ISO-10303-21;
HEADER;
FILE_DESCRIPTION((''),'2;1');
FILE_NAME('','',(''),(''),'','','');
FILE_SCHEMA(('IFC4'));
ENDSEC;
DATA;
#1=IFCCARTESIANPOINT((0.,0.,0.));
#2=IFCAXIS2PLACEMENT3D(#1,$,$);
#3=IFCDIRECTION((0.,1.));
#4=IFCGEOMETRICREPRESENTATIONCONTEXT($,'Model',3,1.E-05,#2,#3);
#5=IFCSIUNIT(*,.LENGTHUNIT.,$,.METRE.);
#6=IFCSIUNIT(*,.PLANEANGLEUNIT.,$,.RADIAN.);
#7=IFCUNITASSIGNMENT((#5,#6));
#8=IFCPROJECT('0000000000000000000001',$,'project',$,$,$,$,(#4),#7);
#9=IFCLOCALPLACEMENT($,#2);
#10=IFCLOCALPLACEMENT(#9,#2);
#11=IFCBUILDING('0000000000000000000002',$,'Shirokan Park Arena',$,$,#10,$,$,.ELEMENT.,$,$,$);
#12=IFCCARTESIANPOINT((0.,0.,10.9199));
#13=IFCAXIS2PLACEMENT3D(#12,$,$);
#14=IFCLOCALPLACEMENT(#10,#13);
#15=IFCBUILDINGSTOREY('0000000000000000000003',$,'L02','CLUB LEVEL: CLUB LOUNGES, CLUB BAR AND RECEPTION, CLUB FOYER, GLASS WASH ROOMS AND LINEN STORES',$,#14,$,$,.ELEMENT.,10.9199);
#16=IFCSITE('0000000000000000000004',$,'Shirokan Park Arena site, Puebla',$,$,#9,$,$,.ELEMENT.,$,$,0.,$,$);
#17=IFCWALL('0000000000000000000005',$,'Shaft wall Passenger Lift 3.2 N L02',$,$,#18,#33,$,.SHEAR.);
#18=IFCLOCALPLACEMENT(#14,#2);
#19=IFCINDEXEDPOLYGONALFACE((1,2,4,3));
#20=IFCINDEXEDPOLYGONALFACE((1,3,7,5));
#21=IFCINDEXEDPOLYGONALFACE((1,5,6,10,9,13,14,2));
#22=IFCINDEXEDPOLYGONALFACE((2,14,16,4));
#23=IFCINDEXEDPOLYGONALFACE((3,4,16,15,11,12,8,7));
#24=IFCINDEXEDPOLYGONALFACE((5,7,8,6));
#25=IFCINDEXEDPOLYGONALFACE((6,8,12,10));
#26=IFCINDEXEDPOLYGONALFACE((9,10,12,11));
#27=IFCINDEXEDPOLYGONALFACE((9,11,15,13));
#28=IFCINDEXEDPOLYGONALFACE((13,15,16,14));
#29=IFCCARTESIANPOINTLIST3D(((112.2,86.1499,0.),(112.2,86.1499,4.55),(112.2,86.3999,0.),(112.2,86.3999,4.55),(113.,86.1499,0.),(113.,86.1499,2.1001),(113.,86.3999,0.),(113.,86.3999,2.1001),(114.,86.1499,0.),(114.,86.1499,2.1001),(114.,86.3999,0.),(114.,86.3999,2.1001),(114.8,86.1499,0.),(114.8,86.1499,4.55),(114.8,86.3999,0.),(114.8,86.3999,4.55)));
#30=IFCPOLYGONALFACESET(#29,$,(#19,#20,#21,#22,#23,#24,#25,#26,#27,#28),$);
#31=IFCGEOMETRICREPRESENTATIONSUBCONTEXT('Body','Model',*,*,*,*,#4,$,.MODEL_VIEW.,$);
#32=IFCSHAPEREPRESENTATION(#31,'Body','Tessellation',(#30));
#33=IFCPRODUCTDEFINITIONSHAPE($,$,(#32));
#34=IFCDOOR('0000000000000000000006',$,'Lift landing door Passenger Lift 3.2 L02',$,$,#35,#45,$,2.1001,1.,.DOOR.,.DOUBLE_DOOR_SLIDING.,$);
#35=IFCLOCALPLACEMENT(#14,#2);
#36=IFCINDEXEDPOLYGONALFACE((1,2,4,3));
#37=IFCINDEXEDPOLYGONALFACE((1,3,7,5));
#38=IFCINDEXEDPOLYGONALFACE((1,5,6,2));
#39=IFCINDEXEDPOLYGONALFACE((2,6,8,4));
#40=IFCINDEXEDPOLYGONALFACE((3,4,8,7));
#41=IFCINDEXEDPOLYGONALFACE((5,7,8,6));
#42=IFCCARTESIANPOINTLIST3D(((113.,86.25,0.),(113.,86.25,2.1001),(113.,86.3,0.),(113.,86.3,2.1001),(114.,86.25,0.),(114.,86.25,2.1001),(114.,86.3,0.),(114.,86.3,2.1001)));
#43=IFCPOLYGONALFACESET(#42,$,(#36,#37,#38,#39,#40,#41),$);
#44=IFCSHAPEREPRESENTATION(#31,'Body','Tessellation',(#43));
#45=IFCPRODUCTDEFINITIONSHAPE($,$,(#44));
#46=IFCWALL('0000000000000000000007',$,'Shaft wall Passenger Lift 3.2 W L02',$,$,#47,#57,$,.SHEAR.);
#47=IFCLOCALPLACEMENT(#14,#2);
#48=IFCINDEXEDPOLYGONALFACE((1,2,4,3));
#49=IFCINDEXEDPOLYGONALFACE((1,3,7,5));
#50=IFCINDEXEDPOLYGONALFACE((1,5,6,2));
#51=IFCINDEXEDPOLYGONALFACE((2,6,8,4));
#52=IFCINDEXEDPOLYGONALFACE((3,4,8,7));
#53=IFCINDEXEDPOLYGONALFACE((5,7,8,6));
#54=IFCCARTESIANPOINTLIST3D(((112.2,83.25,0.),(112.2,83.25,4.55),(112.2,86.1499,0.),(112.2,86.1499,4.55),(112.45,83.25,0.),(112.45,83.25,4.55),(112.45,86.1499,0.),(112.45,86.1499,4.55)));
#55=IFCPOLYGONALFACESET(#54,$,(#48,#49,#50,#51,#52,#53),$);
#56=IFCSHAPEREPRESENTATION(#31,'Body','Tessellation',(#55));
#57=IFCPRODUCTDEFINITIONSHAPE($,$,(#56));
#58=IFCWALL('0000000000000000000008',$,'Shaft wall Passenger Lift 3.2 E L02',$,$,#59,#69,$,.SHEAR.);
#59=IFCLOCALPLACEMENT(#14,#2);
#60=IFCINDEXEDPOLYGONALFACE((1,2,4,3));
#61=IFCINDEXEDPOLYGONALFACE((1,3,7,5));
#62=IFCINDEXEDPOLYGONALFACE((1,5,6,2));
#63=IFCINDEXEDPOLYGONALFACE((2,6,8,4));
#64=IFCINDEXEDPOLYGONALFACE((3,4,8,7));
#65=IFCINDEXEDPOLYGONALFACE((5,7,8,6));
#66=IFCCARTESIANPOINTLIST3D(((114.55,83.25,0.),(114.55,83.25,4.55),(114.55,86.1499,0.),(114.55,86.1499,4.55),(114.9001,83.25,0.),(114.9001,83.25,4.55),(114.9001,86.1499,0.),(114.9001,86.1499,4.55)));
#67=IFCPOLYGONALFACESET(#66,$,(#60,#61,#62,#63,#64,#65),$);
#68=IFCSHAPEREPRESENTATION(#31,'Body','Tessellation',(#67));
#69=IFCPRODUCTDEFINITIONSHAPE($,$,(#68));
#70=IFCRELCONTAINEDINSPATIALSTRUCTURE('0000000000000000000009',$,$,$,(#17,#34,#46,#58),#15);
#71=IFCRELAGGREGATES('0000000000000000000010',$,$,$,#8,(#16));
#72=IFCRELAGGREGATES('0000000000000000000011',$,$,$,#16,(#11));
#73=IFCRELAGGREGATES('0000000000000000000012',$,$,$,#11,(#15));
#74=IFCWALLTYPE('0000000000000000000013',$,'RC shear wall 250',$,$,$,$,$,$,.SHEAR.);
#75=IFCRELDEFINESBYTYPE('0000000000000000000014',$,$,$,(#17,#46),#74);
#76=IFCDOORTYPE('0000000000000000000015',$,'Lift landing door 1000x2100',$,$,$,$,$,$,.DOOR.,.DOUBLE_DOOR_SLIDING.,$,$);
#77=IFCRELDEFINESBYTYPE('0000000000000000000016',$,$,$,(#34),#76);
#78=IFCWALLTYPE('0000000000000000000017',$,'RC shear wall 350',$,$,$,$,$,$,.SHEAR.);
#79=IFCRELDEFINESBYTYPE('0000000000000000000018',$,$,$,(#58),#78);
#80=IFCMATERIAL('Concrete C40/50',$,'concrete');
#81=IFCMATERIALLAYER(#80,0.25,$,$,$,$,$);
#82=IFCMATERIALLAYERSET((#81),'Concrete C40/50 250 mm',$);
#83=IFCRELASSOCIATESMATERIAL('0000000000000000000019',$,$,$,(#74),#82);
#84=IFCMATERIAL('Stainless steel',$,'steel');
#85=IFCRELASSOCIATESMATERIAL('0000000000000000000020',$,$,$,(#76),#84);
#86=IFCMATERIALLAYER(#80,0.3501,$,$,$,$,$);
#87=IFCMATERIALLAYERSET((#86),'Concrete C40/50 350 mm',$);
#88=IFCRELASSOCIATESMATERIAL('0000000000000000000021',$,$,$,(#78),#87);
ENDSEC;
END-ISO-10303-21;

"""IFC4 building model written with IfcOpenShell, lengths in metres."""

from ifc_helpers import new_model, si_unit, direction, frame, frame_2d, origin, place, context, subcontext, project, spatial, rectangle, extrude, material, layer, layer_set, type_object, element, fill, save


model = new_model("IFC4")

# Units and contexts
model_context = context("Model", 3, precision=1e-05, world=origin(), true_north=direction((0.0, 1.0)))
body_context = subcontext(model_context, "Body", "Model", "MODEL_VIEW")
ifc_project = project(units=[si_unit("LENGTHUNIT", "METRE"), si_unit("PLANEANGLEUNIT", "RADIAN")], contexts=[model_context])

# Site, building, storey
site_placement = place(None, origin())
site = spatial("IfcSite", under=ifc_project, at=site_placement, Name="Shirokan Park Arena site, Puebla", CompositionType="ELEMENT", RefElevation=0.0)
building_placement = place(site_placement, origin())
building = spatial("IfcBuilding", under=site, at=building_placement, Name="Shirokan Park Arena", CompositionType="ELEMENT")
storey_placement = place(building_placement, frame((0.0, 0.0, 10.9199)))
storey = spatial("IfcBuildingStorey", under=building, at=storey_placement, Name="L02", Description="CLUB LEVEL: CLUB LOUNGES, CLUB BAR AND RECEPTION, CLUB FOYER, GLASS WASH ROOMS AND LINEN STORES", CompositionType="ELEMENT", Elevation=10.9199)

# Shared definitions
ifc_material_1 = material(Name="Concrete C40/50", Category="concrete")
ifc_layer_1 = layer(ifc_material_1, 0.25)
ifc_layer_set_1 = layer_set([ifc_layer_1], Name="Concrete C40/50 250 mm")
wall_type_1 = type_object("IfcWallType", Name="RC shear wall 250", PredefinedType="SHEAR", material=ifc_layer_set_1)

# Shared definitions
ifc_material_2 = material(Name="Stainless steel", Category="steel")
door_type_1 = type_object("IfcDoorType", Name="Lift landing door 1000x2100", OperationType="DOUBLE_DOOR_SLIDING", PredefinedType="DOOR", material=ifc_material_2)

# Wall, opening, door
wall_1_placement = place(storey_placement, frame((114.8, 86.2749, 0.0), z_axis=(0.0, 0.0, 1.0), x_axis=(-1.0, 0.0, 0.0)))
wall_1 = element("IfcWall", 1, at=wall_1_placement, inside=storey, type_object=wall_type_1, Name="Shaft wall Passenger Lift 3.2 N L02", PredefinedType="SHEAR", context=body_context, shape_type="SweptSolid", body=[
    extrude(rectangle(XDim=2.6001, YDim=0.25, at=frame_2d((1.3, 0.0))), origin(), (0.0, 0.0, 1.0), 4.55),
])
opening_1_placement = place(wall_1_placement, frame((0.8, 0.0, 0.0)))
opening_1 = element("IfcOpeningElement", 2, at=opening_1_placement, cuts=wall_1, PredefinedType="OPENING", context=body_context, shape_type="SweptSolid", body=[
    extrude(rectangle(XDim=1.0, YDim=2.1001, at=frame_2d((0.5, 1.05))), frame((0.0, 0.135, 0.0), z_axis=(0.0, -1.0, 0.0), x_axis=(1.0, 0.0, 0.0)), (0.0, 0.0, 1.0), 0.27),
])
door_1_placement = place(opening_1_placement, origin())
door_1 = element("IfcDoor", 3, at=door_1_placement, inside=storey, type_object=door_type_1, Name="Lift landing door Passenger Lift 3.2 L02", OperationType="DOUBLE_DOOR_SLIDING", OverallHeight=2.1001, OverallWidth=1.0, PredefinedType="DOOR", context=body_context, shape_type="SweptSolid", body=[
    extrude(rectangle(XDim=1.0, YDim=2.1001, at=frame_2d((0.5, 1.05))), frame((0.0, 0.0249, 0.0), z_axis=(0.0, -1.0, 0.0), x_axis=(1.0, 0.0, 0.0)), (0.0, 0.0, 1.0), 0.05),
])
fill(opening_1, door_1)

# Walls
wall_2_placement = place(storey_placement, frame((112.325, 86.1499, 0.0), z_axis=(0.0, 0.0, 1.0), x_axis=(0.0, -1.0, 0.0)))
element("IfcWall", 4, at=wall_2_placement, inside=storey, type_object=wall_type_1, Name="Shaft wall Passenger Lift 3.2 W L02", PredefinedType="SHEAR", context=body_context, shape_type="SweptSolid", body=[
    extrude(rectangle(XDim=2.8999, YDim=0.25, at=frame_2d((1.45, 0.0))), origin(), (0.0, 0.0, 1.0), 4.55),
])
ifc_layer_2 = layer(ifc_material_1, 0.3501)
ifc_layer_set_2 = layer_set([ifc_layer_2], Name="Concrete C40/50 350 mm")
wall_type_2 = type_object("IfcWallType", Name="RC shear wall 350", PredefinedType="SHEAR", material=ifc_layer_set_2)
wall_3_placement = place(storey_placement, frame((114.7251, 86.1499, 0.0), z_axis=(0.0, 0.0, 1.0), x_axis=(0.0, -1.0, 0.0)))
element("IfcWall", 5, at=wall_3_placement, inside=storey, type_object=wall_type_2, Name="Shaft wall Passenger Lift 3.2 E L02", PredefinedType="SHEAR", context=body_context, shape_type="SweptSolid", body=[
    extrude(rectangle(XDim=2.8999, YDim=0.3501, at=frame_2d((1.45, 0.0))), origin(), (0.0, 0.0, 1.0), 4.55),
])

save(model, "model.ifc")
